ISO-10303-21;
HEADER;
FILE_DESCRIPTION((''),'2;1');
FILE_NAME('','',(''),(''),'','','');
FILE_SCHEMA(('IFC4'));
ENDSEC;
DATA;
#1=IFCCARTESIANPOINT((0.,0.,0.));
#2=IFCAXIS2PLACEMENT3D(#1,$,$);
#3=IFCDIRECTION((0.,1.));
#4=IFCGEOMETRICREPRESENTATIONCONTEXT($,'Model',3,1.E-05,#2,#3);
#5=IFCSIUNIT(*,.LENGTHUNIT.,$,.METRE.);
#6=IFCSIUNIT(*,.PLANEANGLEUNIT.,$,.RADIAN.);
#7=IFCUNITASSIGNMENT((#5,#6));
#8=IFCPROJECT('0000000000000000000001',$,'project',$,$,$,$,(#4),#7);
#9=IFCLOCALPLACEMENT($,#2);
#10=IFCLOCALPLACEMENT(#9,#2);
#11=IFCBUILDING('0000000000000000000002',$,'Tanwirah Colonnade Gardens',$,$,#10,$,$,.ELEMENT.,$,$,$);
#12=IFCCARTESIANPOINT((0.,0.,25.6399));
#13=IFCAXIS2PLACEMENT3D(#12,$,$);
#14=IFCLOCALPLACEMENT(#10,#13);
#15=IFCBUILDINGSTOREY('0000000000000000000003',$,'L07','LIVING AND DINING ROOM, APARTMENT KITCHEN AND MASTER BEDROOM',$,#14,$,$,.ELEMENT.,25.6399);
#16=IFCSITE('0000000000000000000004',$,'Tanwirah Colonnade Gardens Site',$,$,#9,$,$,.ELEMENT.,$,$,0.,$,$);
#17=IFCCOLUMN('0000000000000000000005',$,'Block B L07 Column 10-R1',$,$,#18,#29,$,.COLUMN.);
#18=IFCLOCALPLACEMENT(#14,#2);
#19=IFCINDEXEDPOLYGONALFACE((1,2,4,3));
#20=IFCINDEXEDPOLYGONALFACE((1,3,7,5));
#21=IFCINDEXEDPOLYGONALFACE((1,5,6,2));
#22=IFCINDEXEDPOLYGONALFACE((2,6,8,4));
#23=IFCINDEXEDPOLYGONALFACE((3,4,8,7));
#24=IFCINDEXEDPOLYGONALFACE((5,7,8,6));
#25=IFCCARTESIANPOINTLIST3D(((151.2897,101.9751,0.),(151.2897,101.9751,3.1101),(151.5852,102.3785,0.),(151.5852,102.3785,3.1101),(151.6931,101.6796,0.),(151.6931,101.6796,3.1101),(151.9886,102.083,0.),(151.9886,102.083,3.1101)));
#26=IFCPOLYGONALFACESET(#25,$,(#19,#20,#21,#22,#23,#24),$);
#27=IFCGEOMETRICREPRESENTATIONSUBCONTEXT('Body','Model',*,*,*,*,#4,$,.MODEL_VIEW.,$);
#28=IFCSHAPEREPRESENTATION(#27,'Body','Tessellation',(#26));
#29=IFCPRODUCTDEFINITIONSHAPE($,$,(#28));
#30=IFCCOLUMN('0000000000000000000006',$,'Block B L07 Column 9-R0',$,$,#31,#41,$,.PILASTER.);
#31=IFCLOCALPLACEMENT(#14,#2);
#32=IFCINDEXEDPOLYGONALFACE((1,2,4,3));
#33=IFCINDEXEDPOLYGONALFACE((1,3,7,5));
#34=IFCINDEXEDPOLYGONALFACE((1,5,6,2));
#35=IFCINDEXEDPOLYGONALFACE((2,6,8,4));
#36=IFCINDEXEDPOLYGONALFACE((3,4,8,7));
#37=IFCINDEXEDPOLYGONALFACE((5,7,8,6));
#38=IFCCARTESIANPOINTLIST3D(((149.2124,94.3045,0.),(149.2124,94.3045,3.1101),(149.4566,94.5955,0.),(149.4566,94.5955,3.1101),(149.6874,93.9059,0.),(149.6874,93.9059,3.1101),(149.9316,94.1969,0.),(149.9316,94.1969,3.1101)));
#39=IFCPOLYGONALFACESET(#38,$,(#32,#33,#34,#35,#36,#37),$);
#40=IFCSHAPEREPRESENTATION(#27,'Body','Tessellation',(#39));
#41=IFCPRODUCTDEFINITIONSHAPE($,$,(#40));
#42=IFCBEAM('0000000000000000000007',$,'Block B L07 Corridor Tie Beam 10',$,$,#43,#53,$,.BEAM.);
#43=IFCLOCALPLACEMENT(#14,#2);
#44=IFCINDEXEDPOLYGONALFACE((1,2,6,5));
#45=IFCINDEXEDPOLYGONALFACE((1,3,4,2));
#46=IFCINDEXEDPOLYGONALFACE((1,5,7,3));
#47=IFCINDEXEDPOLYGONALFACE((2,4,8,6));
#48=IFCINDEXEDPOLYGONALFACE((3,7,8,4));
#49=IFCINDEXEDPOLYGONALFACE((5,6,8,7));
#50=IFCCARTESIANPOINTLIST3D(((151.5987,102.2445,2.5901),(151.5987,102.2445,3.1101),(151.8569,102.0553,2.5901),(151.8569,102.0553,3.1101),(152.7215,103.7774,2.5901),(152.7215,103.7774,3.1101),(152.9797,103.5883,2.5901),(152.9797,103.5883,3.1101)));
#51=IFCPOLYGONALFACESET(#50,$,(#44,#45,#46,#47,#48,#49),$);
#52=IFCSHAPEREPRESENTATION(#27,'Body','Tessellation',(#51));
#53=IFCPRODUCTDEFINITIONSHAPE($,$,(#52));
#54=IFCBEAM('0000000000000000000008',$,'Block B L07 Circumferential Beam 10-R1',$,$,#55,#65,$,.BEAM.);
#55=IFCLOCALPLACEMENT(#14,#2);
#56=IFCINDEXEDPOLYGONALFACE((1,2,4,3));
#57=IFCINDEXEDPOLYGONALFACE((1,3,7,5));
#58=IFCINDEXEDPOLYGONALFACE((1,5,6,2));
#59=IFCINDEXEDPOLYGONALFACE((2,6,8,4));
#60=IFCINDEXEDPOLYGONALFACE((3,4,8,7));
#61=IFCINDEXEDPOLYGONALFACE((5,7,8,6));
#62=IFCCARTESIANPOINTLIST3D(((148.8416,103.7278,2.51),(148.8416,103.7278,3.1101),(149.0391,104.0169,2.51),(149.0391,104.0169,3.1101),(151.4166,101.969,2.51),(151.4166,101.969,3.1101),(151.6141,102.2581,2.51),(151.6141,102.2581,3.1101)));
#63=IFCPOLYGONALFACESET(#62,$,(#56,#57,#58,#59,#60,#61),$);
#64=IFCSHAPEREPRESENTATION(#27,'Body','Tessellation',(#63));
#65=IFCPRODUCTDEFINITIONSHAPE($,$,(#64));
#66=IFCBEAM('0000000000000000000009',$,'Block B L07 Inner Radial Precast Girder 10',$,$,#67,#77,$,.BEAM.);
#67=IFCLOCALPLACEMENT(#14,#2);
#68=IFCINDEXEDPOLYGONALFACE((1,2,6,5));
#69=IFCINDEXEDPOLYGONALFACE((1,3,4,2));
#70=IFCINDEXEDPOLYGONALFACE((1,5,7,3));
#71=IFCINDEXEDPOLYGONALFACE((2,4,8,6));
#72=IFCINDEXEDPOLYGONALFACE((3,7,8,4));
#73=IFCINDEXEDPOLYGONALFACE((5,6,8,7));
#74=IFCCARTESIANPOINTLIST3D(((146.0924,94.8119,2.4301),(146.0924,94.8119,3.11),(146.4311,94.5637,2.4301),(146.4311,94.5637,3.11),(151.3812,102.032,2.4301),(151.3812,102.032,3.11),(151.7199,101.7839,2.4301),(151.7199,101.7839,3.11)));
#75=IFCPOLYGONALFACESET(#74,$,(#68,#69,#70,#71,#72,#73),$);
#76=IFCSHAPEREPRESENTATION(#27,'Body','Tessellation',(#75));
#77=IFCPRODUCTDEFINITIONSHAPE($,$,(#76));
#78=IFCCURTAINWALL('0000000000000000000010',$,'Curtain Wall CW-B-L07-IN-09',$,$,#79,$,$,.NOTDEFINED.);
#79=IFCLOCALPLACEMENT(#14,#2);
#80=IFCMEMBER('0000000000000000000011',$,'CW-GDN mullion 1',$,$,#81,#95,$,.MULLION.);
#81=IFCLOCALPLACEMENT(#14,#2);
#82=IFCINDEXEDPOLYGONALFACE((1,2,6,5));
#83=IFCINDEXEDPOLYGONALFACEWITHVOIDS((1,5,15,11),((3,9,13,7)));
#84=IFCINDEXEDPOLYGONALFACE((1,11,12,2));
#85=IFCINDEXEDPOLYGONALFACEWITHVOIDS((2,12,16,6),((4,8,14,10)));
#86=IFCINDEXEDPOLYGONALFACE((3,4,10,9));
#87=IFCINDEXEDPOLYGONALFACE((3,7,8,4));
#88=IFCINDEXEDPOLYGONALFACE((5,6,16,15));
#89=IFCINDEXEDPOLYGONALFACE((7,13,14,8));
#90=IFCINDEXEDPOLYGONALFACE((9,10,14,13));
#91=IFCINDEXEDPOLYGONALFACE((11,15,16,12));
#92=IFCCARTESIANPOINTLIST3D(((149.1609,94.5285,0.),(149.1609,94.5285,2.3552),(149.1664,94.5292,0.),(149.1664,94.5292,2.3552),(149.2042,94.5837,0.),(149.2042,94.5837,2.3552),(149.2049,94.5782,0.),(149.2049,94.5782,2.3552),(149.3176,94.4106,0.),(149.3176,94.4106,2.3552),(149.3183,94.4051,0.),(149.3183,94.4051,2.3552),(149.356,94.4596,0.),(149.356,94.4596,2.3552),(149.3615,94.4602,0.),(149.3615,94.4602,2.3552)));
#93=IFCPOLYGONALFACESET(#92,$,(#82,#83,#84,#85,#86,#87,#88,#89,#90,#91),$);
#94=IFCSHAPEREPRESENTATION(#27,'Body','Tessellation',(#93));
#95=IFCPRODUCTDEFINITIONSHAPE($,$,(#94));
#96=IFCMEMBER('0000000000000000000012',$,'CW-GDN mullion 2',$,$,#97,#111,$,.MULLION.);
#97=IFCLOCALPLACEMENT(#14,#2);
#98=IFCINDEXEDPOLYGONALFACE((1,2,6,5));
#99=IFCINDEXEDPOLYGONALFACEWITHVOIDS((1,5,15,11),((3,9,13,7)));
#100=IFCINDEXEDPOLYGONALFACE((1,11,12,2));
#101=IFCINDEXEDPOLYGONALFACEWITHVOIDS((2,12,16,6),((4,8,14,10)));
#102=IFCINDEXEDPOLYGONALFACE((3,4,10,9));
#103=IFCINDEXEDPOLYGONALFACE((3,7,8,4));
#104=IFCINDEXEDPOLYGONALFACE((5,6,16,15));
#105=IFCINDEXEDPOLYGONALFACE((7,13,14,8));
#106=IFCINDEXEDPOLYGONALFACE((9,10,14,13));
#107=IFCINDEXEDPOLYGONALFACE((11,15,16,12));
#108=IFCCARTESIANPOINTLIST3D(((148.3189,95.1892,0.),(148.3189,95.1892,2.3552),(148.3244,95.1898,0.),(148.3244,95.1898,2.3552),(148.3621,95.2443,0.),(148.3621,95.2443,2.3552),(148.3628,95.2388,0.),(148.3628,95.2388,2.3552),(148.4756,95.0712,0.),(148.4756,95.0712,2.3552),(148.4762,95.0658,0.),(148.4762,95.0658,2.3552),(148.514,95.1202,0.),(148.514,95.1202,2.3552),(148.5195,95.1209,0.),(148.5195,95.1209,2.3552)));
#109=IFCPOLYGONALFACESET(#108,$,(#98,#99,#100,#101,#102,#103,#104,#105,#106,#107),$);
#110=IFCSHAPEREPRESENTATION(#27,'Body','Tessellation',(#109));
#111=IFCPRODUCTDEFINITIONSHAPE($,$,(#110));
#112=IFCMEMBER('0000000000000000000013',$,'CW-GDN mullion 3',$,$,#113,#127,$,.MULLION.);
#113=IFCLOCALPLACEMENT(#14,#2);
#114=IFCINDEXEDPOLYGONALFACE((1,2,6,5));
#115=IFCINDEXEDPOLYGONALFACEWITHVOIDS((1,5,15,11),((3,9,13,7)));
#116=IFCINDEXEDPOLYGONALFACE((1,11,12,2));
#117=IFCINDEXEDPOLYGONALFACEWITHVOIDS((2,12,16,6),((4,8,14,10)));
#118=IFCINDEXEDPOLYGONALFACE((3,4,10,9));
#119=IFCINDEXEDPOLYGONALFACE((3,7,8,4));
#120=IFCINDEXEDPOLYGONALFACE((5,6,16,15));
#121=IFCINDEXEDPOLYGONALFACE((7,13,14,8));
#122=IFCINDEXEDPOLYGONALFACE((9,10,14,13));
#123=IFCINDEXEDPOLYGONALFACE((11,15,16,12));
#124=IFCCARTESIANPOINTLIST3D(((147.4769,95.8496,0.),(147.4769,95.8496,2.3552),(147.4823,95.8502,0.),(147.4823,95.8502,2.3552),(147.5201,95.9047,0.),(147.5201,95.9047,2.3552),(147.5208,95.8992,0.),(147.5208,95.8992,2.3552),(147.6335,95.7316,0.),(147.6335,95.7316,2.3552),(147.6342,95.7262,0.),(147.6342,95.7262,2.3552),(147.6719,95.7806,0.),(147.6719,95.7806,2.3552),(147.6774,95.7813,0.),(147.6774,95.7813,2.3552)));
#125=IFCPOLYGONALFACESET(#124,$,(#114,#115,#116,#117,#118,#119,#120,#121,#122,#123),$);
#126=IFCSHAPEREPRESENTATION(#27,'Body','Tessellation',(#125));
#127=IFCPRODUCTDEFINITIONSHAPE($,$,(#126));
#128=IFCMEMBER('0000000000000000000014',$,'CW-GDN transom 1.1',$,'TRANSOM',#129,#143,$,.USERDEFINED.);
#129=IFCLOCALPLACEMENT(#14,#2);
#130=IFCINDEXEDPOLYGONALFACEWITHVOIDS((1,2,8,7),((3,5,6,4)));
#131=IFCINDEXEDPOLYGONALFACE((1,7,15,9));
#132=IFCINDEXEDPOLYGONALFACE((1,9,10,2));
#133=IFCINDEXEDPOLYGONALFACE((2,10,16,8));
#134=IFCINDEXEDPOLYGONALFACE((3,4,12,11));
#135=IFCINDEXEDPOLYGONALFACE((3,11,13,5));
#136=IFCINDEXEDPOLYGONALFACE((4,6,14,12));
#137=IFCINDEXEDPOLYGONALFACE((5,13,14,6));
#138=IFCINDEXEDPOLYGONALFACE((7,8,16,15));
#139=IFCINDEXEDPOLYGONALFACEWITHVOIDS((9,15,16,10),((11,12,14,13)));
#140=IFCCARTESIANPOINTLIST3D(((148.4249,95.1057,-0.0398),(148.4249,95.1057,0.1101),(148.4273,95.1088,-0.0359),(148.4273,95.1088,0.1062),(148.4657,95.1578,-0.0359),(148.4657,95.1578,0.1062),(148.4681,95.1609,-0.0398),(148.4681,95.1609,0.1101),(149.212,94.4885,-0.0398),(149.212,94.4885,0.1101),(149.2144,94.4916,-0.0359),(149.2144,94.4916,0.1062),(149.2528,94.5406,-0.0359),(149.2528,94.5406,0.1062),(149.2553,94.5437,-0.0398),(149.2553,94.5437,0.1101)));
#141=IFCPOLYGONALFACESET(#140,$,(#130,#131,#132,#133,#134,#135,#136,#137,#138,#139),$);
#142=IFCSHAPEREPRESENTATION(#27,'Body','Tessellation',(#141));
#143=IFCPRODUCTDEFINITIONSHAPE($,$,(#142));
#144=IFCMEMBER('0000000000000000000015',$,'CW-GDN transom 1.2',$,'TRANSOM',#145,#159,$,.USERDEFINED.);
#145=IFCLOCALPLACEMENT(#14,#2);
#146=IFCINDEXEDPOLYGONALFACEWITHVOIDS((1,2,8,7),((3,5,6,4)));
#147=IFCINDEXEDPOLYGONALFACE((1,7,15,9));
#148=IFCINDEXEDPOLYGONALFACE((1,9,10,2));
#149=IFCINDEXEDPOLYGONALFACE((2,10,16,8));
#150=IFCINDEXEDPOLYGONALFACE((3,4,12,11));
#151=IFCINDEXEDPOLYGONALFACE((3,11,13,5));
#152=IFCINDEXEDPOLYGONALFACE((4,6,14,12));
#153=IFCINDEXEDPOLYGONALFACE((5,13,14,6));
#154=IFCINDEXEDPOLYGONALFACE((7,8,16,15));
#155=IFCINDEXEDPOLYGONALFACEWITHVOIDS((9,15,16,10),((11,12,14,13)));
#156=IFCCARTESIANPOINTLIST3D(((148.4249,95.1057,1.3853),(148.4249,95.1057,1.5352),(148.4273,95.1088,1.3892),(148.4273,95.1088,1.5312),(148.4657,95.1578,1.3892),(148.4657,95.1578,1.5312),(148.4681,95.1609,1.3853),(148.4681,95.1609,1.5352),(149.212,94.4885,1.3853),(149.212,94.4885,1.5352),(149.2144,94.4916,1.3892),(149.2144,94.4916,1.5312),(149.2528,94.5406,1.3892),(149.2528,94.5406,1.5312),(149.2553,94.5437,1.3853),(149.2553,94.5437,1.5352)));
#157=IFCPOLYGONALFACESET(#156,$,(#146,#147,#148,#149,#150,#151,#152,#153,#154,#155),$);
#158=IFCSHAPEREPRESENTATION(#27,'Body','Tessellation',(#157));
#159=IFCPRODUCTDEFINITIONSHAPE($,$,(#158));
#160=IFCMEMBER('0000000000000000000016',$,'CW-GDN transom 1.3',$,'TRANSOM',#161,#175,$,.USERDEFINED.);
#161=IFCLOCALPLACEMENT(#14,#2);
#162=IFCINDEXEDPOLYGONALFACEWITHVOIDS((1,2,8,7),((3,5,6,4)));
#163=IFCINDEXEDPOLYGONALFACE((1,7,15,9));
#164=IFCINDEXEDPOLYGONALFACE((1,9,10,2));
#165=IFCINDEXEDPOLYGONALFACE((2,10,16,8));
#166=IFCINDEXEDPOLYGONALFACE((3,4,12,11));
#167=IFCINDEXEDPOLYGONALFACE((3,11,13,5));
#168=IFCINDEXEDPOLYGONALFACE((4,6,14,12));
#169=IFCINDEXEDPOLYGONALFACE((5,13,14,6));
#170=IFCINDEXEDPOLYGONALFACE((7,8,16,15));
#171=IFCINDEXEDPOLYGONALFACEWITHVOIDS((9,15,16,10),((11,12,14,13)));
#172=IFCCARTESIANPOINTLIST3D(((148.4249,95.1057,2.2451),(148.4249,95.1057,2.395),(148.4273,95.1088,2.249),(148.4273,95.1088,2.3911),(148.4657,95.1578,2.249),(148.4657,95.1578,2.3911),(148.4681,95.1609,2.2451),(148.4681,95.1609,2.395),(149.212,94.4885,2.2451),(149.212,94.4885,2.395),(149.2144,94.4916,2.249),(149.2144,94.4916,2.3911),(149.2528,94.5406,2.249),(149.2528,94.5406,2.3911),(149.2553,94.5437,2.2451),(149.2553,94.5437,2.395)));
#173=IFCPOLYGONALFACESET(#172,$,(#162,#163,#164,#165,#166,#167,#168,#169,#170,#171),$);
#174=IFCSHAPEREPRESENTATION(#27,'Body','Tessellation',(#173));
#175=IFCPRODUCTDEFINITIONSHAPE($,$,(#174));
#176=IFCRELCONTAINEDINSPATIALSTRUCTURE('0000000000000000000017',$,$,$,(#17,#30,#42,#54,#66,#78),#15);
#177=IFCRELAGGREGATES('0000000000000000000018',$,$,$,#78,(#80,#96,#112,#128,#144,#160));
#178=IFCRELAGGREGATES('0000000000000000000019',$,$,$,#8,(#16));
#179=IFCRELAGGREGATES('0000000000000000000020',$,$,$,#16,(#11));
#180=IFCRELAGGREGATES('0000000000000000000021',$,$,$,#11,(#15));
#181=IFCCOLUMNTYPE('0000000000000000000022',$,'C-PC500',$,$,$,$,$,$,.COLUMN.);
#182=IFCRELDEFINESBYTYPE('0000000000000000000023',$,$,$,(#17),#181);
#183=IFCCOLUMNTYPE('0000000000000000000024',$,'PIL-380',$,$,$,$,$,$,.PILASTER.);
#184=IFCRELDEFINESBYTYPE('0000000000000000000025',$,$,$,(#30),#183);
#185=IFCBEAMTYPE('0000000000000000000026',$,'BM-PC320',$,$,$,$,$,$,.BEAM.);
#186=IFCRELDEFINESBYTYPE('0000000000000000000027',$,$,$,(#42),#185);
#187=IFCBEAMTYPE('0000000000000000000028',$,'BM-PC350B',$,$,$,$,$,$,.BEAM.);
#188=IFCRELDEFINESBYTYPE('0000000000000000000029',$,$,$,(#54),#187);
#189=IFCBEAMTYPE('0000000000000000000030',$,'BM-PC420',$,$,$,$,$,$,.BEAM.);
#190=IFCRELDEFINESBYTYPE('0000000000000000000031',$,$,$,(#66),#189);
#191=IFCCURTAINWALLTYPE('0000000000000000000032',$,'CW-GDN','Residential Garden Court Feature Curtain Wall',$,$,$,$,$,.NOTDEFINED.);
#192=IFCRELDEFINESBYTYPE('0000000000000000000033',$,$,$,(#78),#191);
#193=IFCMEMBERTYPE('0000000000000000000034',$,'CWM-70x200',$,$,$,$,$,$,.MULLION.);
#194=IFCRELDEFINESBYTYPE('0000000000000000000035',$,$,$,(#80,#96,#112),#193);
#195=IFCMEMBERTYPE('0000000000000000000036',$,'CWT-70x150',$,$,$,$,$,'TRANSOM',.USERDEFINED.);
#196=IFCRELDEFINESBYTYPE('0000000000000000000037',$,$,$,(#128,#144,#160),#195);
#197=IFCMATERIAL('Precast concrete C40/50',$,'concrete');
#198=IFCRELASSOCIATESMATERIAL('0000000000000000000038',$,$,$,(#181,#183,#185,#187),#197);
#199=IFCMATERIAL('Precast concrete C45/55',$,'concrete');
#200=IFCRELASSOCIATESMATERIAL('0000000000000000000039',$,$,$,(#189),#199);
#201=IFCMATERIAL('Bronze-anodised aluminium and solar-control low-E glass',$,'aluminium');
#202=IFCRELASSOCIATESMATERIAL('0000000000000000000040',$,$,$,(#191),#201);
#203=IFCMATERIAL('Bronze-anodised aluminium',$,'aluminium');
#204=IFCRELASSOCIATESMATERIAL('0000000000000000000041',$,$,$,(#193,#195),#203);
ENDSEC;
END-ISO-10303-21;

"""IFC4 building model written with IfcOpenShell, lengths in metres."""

from ifc_helpers import new_model, si_unit, direction, frame, origin, origin_2d, place, context, subcontext, project, spatial, rectangle, hollow_rectangle, extrude, material, material_profile, profile_set, type_object, element, aggregate, save


model = new_model("IFC4")

# Units and contexts
model_context = context("Model", 3, precision=1e-05, world=origin(), true_north=direction((0.0, 1.0)))
body_context = subcontext(model_context, "Body", "Model", "MODEL_VIEW")
ifc_project = project(units=[si_unit("LENGTHUNIT", "METRE"), si_unit("PLANEANGLEUNIT", "RADIAN")], contexts=[model_context])

# Site, building, storey
site_placement = place(None, origin())
site = spatial("IfcSite", under=ifc_project, at=site_placement, Name="Tanwirah Colonnade Gardens Site", CompositionType="ELEMENT", RefElevation=0.0)
building_placement = place(site_placement, origin())
building = spatial("IfcBuilding", under=site, at=building_placement, Name="Tanwirah Colonnade Gardens", CompositionType="ELEMENT")
storey_placement = place(building_placement, frame((0.0, 0.0, 25.6399)))
storey = spatial("IfcBuildingStorey", under=building, at=storey_placement, Name="L07", Description="LIVING AND DINING ROOM, APARTMENT KITCHEN AND MASTER BEDROOM", CompositionType="ELEMENT", Elevation=25.6399)

# Columns
ifc_material_1 = material(Name="Precast concrete C40/50", Category="concrete")
ifc_material_profile_1 = material_profile(ifc_material_1, rectangle(XDim=0.5, YDim=0.5, at=origin_2d()), Name="PC-COL 500x500")
ifc_profile_set_1 = profile_set([ifc_material_profile_1], Name="Precast concrete C40/50")
column_type_1 = type_object("IfcColumnType", Name="C-PC500", PredefinedType="COLUMN", material=ifc_profile_set_1)
column_1_placement = place(storey_placement, frame((151.6392, 102.0291, 0.0), z_axis=(0.0, 0.0, 1.0), x_axis=(0.590919, 0.806731, 0.0)))
element("IfcColumn", 1, at=column_1_placement, inside=storey, type_object=column_type_1, Name="Block B L07 Column 10-R1", PredefinedType="COLUMN", context=body_context, shape_type="SweptSolid", body=[
    extrude(rectangle(XDim=0.5, YDim=0.5, at=origin_2d()), origin(), (0.0, 0.0, 1.0), 3.1101),
])
ifc_material_profile_2 = material_profile(ifc_material_1, rectangle(XDim=0.3799, YDim=0.6201, at=origin_2d()), Name="PC-PIL 380x620")
ifc_profile_set_2 = profile_set([ifc_material_profile_2], Name="Precast concrete C40/50")
column_type_2 = type_object("IfcColumnType", Name="PIL-380", PredefinedType="PILASTER", material=ifc_profile_set_2)
column_2_placement = place(storey_placement, frame((149.572, 94.2507, 0.0), z_axis=(0.0, 0.0, 1.0), x_axis=(0.642788, 0.766044, 0.0)))
element("IfcColumn", 2, at=column_2_placement, inside=storey, type_object=column_type_2, Name="Block B L07 Column 9-R0", PredefinedType="PILASTER", context=body_context, shape_type="SweptSolid", body=[
    extrude(rectangle(XDim=0.3799, YDim=0.6201, at=origin_2d()), origin(), (0.0, 0.0, 1.0), 3.1101),
])

# Beams
ifc_material_profile_3 = material_profile(ifc_material_1, rectangle(XDim=0.3201, YDim=0.52, at=origin_2d()), Name="PC-BM 320x520")
ifc_profile_set_3 = profile_set([ifc_material_profile_3], Name="Precast concrete C40/50")
beam_type_1 = type_object("IfcBeamType", Name="BM-PC320", PredefinedType="BEAM", material=ifc_profile_set_3)
beam_1_placement = place(storey_placement, frame((151.7278, 102.1499, 2.8501), z_axis=(0.590896, 0.806748, 0.0), x_axis=(-0.806748, 0.590896, 0.0)))
element("IfcBeam", 3, at=beam_1_placement, inside=storey, type_object=beam_type_1, Name="Block B L07 Corridor Tie Beam 10", PredefinedType="BEAM", context=body_context, shape_type="SweptSolid", body=[
    extrude(rectangle(XDim=0.3201, YDim=0.52, at=origin_2d()), origin(), (0.0, 0.0, 1.0), 1.9001),
])
ifc_material_profile_4 = material_profile(ifc_material_1, rectangle(XDim=0.3501, YDim=0.6001, at=origin_2d()), Name="PC-BM 350x600")
ifc_profile_set_4 = profile_set([ifc_material_profile_4], Name="Precast concrete C40/50")
beam_type_2 = type_object("IfcBeamType", Name="BM-PC350B", PredefinedType="BEAM", material=ifc_profile_set_4)
beam_2_placement = place(storey_placement, frame((151.5154, 102.1135, 2.8101), z_axis=(-0.825758, 0.564024, 0.0), x_axis=(-0.564024, -0.825758, 0.0)))
element("IfcBeam", 4, at=beam_2_placement, inside=storey, type_object=beam_type_2, Name="Block B L07 Circumferential Beam 10-R1", PredefinedType="BEAM", context=body_context, shape_type="SweptSolid", body=[
    extrude(rectangle(XDim=0.3501, YDim=0.6001, at=origin_2d()), origin(), (0.0, 0.0, 1.0), 3.1184),
])
ifc_material_2 = material(Name="Precast concrete C45/55", Category="concrete")
ifc_material_profile_5 = material_profile(ifc_material_2, rectangle(XDim=0.4199, YDim=0.6799, at=origin_2d()), Name="PC-BM 420x680")
ifc_profile_set_5 = profile_set([ifc_material_profile_5], Name="Precast concrete C45/55")
beam_type_3 = type_object("IfcBeamType", Name="BM-PC420", PredefinedType="BEAM", material=ifc_profile_set_5)
beam_3_placement = place(storey_placement, frame((151.5505, 101.908, 2.77), z_axis=(-0.590927, -0.806725, 0.0), x_axis=(0.806725, -0.590927, 0.0)))
element("IfcBeam", 5, at=beam_3_placement, inside=storey, type_object=beam_type_3, Name="Block B L07 Inner Radial Precast Girder 10", PredefinedType="BEAM", context=body_context, shape_type="SweptSolid", body=[
    extrude(rectangle(XDim=0.4199, YDim=0.6799, at=origin_2d()), origin(), (0.0, 0.0, 1.0), 8.95),
])

# Curtain wall, members
ifc_material_3 = material(Name="Bronze-anodised aluminium and solar-control low-E glass", Category="aluminium")
curtain_wall_type = type_object("IfcCurtainWallType", Name="CW-GDN", Description="Residential Garden Court Feature Curtain Wall", PredefinedType="NOTDEFINED", material=ifc_material_3)
curtain_wall_placement = place(storey_placement, origin())
curtain_wall = element("IfcCurtainWall", 6, at=curtain_wall_placement, inside=storey, type_object=curtain_wall_type, Name="Curtain Wall CW-B-L07-IN-09", PredefinedType="NOTDEFINED")
ifc_material_4 = material(Name="Bronze-anodised aluminium", Category="aluminium")
ifc_material_profile_6 = material_profile(ifc_material_4, hollow_rectangle(XDim=0.0701, YDim=0.2, WallThickness=0.0039, at=origin_2d()), Name="CW-MUL 70x200x4")
ifc_profile_set_6 = profile_set([ifc_material_profile_6], Name="Bronze-anodised aluminium")
member_type_1 = type_object("IfcMemberType", Name="CWM-70x200", PredefinedType="MULLION", material=ifc_profile_set_6)
member_1_placement = place(storey_placement, frame((149.2612, 94.4944, 0.0), z_axis=(0.0, 0.0, 1.0), x_axis=(-0.617189, -0.786815, 0.0)))
member_1 = element("IfcMember", 7, at=member_1_placement, type_object=member_type_1, Name="CW-GDN mullion 1", PredefinedType="MULLION", context=body_context, shape_type="SweptSolid", body=[
    extrude(hollow_rectangle(XDim=0.0701, YDim=0.2, WallThickness=0.0039, at=origin_2d()), origin(), (0.0, 0.0, 1.0), 2.3552),
])
member_2_placement = place(storey_placement, frame((148.4192, 95.155, 0.0), z_axis=(0.0, 0.0, 1.0), x_axis=(-0.617189, -0.786815, 0.0)))
member_2 = element("IfcMember", 8, at=member_2_placement, type_object=member_type_1, Name="CW-GDN mullion 2", PredefinedType="MULLION", context=body_context, shape_type="SweptSolid", body=[
    extrude(hollow_rectangle(XDim=0.0701, YDim=0.2, WallThickness=0.0039, at=origin_2d()), origin(), (0.0, 0.0, 1.0), 2.3552),
])
member_3_placement = place(storey_placement, frame((147.5771, 95.8154, 0.0), z_axis=(0.0, 0.0, 1.0), x_axis=(-0.617189, -0.786815, 0.0)))
member_3 = element("IfcMember", 9, at=member_3_placement, type_object=member_type_1, Name="CW-GDN mullion 3", PredefinedType="MULLION", context=body_context, shape_type="SweptSolid", body=[
    extrude(hollow_rectangle(XDim=0.0701, YDim=0.2, WallThickness=0.0039, at=origin_2d()), origin(), (0.0, 0.0, 1.0), 2.3552),
])
ifc_material_profile_7 = material_profile(ifc_material_4, hollow_rectangle(XDim=0.0701, YDim=0.1499, WallThickness=0.0039, at=origin_2d()), Name="CW-TRN 70x150x4")
ifc_profile_set_7 = profile_set([ifc_material_profile_7], Name="Bronze-anodised aluminium")
member_type_2 = type_object("IfcMemberType", Name="CWT-70x150", ElementType="TRANSOM", PredefinedType="USERDEFINED", material=ifc_profile_set_7)
member_4_placement = place(storey_placement, frame((149.2336, 94.5161, 0.0352), z_axis=(-0.786928, 0.617045, 0.0), x_axis=(-0.617045, -0.786928, 0.0)))
member_4 = element("IfcMember", 10, at=member_4_placement, type_object=member_type_2, Name="CW-GDN transom 1.1", ObjectType="TRANSOM", PredefinedType="USERDEFINED", context=body_context, shape_type="SweptSolid", body=[
    extrude(hollow_rectangle(XDim=0.0701, YDim=0.1499, WallThickness=0.0039, at=origin_2d()), origin(), (0.0, 0.0, 1.0), 1.0002),
])
member_5_placement = place(storey_placement, frame((149.2336, 94.5161, 1.4602), z_axis=(-0.786928, 0.617045, 0.0), x_axis=(-0.617045, -0.786928, 0.0)))
member_5 = element("IfcMember", 11, at=member_5_placement, type_object=member_type_2, Name="CW-GDN transom 1.2", ObjectType="TRANSOM", PredefinedType="USERDEFINED", context=body_context, shape_type="SweptSolid", body=[
    extrude(hollow_rectangle(XDim=0.0701, YDim=0.1499, WallThickness=0.0039, at=origin_2d()), origin(), (0.0, 0.0, 1.0), 1.0002),
])
member_6_placement = place(storey_placement, frame((149.2336, 94.5161, 2.3201), z_axis=(-0.786928, 0.617045, 0.0), x_axis=(-0.617045, -0.786928, 0.0)))
member_6 = element("IfcMember", 12, at=member_6_placement, type_object=member_type_2, Name="CW-GDN transom 1.3", ObjectType="TRANSOM", PredefinedType="USERDEFINED", context=body_context, shape_type="SweptSolid", body=[
    extrude(hollow_rectangle(XDim=0.0701, YDim=0.1499, WallThickness=0.0039, at=origin_2d()), origin(), (0.0, 0.0, 1.0), 1.0002),
])

aggregate(curtain_wall, [member_1, member_2, member_3, member_4, member_5, member_6])

save(model, "model.ifc")
